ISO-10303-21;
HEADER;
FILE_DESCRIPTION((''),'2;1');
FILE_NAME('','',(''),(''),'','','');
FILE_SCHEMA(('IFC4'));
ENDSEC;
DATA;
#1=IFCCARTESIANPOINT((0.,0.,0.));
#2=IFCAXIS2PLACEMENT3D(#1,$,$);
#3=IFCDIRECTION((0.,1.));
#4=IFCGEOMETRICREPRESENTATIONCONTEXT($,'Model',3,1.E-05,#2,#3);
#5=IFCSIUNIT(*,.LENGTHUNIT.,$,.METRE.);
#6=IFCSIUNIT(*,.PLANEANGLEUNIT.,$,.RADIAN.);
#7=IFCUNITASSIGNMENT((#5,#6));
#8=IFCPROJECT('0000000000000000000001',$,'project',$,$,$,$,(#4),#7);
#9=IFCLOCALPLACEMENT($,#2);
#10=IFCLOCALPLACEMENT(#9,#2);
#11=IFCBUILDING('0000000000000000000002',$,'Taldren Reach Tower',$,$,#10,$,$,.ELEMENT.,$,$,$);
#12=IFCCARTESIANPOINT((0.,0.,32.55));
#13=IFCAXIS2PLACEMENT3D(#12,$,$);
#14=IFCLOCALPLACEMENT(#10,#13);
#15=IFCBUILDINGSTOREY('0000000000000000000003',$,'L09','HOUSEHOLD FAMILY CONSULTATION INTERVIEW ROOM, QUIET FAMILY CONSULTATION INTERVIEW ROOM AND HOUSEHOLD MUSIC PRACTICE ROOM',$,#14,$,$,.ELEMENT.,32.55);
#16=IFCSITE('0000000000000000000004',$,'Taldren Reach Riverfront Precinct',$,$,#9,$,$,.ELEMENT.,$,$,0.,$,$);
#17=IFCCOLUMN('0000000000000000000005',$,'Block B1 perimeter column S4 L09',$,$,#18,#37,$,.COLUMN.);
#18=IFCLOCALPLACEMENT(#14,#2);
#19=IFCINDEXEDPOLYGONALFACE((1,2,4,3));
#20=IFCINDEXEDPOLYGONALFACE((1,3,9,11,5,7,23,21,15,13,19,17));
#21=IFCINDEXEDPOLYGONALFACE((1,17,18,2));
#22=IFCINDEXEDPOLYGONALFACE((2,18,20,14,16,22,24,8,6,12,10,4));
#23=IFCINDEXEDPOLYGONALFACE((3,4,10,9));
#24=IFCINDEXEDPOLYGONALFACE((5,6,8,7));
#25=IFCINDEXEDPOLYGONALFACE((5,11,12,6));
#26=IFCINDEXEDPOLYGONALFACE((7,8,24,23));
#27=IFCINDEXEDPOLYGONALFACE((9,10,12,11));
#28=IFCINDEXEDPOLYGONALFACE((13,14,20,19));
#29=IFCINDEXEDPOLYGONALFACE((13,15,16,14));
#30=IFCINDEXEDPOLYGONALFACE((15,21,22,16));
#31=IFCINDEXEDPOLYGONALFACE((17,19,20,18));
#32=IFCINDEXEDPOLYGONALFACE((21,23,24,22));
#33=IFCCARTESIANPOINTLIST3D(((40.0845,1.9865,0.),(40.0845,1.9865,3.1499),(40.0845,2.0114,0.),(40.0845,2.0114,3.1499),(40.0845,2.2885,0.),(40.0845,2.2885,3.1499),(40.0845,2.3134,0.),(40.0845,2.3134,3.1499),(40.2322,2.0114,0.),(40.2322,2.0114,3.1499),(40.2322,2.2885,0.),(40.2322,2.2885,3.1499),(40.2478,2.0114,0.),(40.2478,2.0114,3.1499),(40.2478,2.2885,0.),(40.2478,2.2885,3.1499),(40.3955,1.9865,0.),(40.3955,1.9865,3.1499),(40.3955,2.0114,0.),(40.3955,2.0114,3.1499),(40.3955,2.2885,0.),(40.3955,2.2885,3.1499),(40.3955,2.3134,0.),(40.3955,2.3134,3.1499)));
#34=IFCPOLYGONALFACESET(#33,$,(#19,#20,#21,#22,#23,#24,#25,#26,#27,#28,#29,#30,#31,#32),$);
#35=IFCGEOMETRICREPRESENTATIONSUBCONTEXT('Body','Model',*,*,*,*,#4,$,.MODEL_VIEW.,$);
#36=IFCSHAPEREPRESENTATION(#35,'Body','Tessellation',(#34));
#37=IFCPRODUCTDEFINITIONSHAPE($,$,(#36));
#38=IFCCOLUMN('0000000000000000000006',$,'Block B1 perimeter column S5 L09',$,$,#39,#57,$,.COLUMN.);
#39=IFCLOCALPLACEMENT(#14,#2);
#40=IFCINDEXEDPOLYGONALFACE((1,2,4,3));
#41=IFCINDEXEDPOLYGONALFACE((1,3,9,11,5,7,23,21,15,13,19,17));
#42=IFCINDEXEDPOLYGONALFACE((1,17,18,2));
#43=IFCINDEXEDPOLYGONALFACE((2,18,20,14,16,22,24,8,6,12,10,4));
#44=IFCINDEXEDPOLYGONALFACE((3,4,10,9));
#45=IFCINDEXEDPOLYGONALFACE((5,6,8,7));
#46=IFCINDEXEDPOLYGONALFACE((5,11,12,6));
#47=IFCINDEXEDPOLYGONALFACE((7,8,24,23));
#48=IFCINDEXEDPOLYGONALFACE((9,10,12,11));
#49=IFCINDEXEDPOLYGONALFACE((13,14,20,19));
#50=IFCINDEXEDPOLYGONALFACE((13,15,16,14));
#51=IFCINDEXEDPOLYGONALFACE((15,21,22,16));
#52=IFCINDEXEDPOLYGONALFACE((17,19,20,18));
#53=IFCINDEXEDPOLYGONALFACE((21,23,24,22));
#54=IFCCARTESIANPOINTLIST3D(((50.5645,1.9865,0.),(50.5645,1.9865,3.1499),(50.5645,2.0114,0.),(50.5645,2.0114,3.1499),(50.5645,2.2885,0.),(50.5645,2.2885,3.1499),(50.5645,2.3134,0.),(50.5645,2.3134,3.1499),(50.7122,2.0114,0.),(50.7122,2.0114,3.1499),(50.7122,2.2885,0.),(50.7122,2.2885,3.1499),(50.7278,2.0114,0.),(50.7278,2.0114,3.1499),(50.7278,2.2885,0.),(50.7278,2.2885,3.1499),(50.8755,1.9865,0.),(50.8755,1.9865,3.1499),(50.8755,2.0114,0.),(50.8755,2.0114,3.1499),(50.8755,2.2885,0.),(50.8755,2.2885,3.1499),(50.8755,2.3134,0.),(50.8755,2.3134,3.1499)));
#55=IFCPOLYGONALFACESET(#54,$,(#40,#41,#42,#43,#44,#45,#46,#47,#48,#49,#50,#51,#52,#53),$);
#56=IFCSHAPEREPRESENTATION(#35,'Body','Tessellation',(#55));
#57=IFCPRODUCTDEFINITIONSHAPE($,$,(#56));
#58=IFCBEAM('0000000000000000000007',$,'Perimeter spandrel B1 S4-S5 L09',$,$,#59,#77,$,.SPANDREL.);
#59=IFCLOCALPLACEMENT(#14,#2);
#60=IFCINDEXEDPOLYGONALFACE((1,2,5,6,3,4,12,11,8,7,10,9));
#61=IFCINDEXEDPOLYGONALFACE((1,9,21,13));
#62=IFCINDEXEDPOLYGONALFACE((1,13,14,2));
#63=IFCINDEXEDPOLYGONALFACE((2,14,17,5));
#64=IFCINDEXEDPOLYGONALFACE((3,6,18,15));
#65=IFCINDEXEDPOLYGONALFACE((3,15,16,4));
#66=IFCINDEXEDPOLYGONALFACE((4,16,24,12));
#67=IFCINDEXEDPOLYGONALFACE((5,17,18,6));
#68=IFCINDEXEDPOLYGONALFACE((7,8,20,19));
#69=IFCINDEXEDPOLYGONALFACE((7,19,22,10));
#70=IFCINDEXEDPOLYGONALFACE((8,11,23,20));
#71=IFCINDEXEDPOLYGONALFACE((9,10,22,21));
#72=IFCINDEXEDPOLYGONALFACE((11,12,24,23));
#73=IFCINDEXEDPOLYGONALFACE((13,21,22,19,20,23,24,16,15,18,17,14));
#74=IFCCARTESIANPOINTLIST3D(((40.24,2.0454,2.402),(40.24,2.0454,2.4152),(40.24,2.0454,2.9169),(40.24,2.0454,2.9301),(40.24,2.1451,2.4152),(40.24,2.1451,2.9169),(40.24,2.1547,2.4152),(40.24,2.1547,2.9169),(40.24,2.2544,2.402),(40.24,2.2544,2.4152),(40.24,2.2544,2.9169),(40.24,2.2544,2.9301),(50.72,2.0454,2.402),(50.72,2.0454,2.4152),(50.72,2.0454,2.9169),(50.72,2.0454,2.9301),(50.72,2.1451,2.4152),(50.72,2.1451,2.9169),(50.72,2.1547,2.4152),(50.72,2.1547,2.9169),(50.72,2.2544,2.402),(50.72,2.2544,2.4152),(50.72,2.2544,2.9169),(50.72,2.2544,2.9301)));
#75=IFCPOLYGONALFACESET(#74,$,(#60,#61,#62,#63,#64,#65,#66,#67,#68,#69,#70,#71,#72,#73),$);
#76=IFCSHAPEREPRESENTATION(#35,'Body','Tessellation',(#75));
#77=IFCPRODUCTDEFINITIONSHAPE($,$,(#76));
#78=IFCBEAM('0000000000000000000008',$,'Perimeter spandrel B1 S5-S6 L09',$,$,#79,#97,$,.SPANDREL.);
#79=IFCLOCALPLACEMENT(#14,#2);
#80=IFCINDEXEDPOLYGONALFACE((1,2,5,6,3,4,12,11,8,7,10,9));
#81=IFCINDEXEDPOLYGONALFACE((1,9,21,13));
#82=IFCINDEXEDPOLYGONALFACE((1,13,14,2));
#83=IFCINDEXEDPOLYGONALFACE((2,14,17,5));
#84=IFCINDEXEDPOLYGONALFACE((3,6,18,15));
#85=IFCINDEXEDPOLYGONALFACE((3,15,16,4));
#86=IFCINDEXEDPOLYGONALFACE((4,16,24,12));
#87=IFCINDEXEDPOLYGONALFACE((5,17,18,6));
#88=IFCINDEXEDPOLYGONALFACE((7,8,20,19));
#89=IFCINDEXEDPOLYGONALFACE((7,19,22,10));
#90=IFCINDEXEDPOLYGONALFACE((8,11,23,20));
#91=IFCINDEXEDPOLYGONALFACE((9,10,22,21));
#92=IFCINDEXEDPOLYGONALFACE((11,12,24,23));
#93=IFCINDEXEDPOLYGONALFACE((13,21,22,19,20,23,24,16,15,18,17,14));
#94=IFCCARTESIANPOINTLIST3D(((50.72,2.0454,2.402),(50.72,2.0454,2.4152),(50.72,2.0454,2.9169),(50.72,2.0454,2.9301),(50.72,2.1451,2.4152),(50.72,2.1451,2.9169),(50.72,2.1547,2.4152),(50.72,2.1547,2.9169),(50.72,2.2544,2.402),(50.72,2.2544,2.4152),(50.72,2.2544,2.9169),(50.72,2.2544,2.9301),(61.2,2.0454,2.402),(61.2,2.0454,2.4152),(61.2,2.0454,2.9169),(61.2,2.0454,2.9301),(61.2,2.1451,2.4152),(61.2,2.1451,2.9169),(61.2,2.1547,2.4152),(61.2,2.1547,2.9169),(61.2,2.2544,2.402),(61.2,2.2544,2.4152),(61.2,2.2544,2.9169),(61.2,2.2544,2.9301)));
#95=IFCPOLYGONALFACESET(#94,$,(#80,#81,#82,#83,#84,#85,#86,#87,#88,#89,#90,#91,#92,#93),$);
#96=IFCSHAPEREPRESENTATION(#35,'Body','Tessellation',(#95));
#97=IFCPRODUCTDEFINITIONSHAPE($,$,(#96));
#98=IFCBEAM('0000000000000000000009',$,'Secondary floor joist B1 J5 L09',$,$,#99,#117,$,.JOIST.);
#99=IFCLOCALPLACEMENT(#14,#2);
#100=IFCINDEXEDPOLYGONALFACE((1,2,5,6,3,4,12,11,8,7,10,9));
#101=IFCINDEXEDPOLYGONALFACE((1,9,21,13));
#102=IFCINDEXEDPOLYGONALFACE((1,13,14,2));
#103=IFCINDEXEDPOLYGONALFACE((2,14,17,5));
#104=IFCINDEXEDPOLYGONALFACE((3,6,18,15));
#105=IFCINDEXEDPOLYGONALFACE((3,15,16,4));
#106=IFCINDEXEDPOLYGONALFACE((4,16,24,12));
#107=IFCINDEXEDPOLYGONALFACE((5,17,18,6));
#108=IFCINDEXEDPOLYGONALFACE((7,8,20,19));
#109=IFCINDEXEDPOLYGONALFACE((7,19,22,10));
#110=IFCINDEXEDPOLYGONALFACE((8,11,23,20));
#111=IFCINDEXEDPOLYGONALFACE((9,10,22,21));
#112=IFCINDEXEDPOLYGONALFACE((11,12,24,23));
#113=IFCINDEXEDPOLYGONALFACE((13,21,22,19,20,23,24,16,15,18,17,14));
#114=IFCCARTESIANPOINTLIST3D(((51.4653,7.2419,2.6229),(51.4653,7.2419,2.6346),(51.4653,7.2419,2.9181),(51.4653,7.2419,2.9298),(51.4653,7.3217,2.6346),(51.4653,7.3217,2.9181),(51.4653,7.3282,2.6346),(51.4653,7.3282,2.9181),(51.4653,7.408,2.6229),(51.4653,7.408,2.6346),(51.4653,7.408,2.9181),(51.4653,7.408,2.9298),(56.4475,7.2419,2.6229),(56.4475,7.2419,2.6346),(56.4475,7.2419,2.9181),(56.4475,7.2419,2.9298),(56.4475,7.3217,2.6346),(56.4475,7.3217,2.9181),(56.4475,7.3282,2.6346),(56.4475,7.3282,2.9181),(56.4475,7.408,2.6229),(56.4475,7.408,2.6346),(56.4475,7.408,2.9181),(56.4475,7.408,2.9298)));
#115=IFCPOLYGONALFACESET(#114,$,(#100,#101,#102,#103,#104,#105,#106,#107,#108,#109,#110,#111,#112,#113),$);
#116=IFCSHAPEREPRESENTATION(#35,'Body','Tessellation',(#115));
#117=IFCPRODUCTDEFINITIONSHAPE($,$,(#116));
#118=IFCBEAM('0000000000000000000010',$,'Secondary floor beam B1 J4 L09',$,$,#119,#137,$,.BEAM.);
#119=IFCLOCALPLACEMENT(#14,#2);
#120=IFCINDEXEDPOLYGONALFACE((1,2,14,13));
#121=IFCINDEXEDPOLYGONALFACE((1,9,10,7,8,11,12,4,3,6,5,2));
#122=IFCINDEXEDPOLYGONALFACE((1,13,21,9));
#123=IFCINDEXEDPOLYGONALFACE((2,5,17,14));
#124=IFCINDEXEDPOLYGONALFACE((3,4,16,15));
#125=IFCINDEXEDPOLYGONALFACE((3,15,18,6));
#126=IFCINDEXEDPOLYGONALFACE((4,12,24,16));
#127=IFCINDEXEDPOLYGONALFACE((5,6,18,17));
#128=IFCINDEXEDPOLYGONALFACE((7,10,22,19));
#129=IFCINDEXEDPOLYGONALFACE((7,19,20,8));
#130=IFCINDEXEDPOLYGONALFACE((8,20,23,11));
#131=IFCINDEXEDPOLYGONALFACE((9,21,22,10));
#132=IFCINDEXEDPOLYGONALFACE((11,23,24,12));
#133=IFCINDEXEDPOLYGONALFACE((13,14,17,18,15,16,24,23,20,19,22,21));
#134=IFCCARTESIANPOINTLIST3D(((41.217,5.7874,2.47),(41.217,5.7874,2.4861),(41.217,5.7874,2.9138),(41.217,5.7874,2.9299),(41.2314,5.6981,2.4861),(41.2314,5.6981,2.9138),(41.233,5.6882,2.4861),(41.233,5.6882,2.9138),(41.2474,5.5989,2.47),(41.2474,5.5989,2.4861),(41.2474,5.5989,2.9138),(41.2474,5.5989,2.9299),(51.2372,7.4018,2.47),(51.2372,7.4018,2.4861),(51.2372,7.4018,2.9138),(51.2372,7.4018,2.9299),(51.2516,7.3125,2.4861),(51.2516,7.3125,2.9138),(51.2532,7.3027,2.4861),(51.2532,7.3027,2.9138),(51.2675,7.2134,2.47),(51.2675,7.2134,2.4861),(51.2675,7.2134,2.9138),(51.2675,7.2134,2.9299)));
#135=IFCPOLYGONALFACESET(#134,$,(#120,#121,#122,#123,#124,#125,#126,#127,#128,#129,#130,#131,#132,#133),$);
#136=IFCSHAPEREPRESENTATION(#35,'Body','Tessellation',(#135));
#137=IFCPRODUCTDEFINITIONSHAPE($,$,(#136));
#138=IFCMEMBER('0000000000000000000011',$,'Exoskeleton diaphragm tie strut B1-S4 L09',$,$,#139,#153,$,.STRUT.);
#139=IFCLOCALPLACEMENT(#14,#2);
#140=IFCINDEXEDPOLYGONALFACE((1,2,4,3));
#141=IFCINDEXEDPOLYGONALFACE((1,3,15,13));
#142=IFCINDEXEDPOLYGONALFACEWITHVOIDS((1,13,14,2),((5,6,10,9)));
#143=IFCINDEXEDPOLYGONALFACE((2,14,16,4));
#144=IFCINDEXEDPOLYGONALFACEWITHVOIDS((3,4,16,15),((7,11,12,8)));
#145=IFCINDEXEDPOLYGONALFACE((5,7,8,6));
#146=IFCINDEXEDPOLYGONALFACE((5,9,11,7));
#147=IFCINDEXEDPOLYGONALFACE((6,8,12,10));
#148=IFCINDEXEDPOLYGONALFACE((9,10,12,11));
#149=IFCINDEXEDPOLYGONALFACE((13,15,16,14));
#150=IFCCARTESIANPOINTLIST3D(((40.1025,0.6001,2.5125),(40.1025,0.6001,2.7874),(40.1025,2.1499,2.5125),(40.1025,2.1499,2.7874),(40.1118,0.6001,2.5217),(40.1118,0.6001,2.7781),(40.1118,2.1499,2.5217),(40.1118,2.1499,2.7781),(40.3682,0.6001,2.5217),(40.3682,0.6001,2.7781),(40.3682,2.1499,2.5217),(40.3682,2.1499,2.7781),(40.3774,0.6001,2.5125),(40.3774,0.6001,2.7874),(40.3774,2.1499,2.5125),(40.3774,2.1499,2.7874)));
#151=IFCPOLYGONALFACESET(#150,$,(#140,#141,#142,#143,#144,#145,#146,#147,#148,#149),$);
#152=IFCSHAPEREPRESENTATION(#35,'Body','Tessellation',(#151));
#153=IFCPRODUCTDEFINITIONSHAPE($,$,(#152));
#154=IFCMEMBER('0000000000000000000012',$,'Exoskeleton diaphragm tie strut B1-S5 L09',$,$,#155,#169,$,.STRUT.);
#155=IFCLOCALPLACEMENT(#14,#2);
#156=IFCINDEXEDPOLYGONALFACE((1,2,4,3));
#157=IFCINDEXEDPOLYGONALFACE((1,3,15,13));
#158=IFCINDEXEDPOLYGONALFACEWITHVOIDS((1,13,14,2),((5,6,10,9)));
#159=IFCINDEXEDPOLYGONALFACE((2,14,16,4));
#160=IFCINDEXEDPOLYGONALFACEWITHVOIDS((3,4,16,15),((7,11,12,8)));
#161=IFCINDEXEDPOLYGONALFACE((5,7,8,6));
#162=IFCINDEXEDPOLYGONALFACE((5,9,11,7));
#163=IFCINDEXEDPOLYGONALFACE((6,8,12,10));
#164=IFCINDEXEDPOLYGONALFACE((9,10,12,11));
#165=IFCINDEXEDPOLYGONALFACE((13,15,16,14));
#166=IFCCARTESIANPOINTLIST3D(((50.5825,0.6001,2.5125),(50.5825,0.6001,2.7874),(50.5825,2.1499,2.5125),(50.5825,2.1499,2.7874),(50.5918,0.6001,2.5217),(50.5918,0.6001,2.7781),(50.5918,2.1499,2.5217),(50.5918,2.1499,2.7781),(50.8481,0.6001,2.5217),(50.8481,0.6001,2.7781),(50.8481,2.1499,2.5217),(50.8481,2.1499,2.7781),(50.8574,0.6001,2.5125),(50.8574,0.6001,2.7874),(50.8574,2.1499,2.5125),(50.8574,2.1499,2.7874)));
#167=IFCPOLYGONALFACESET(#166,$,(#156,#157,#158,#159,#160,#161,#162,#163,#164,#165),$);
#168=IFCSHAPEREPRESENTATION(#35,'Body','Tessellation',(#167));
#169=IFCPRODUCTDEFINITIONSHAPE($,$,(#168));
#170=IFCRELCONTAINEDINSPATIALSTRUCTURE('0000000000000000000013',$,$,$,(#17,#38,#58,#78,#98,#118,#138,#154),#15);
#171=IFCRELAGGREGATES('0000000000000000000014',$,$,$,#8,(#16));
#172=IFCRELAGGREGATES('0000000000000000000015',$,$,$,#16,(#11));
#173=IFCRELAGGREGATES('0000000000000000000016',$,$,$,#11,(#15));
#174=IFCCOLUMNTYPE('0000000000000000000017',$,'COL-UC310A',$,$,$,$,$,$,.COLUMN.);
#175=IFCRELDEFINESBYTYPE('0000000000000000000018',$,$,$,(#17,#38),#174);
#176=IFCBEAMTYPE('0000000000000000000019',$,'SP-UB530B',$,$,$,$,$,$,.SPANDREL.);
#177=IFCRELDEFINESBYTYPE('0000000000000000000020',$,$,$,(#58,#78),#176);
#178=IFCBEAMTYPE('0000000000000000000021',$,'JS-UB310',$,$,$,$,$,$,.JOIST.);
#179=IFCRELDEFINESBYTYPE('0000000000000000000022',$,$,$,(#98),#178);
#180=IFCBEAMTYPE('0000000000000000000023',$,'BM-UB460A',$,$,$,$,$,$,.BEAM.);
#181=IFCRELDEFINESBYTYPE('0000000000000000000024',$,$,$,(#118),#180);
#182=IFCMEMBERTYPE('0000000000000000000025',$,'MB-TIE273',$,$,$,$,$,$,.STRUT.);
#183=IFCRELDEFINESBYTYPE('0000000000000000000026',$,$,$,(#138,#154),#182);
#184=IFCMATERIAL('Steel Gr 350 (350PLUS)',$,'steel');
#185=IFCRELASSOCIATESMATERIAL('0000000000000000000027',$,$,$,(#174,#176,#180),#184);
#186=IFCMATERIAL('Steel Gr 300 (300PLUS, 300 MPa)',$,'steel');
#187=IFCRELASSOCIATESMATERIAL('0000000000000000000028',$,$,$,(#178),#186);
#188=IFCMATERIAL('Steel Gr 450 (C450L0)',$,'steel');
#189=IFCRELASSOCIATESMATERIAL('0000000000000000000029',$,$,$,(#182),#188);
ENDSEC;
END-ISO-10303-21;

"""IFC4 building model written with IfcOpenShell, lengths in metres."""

from ifc_helpers import new_model, si_unit, direction, frame, origin, origin_2d, place, context, subcontext, project, spatial, hollow_rectangle, i_section, extrude, source, transform, mapped, material, material_profile, profile_set, type_object, element, save


model = new_model("IFC4")

# Units and contexts
model_context = context("Model", 3, precision=1e-05, world=origin(), true_north=direction((0.0, 1.0)))
body_context = subcontext(model_context, "Body", "Model", "MODEL_VIEW")
ifc_project = project(units=[si_unit("LENGTHUNIT", "METRE"), si_unit("PLANEANGLEUNIT", "RADIAN")], contexts=[model_context])

# Site, building, storey
site_placement = place(None, origin())
site = spatial("IfcSite", under=ifc_project, at=site_placement, Name="Taldren Reach Riverfront Precinct", CompositionType="ELEMENT", RefElevation=0.0)
building_placement = place(site_placement, origin())
building = spatial("IfcBuilding", under=site, at=building_placement, Name="Taldren Reach Tower", CompositionType="ELEMENT")
storey_placement = place(building_placement, frame((0.0, 0.0, 32.55)))
storey = spatial("IfcBuildingStorey", under=building, at=storey_placement, Name="L09", Description="HOUSEHOLD FAMILY CONSULTATION INTERVIEW ROOM, QUIET FAMILY CONSULTATION INTERVIEW ROOM AND HOUSEHOLD MUSIC PRACTICE ROOM", CompositionType="ELEMENT", Elevation=32.55)

# Columns
ifc_material_1 = material(Name="Steel Gr 350 (350PLUS)", Category="steel")
ifc_material_profile_1 = material_profile(ifc_material_1, i_section(OverallWidth=0.311, OverallDepth=0.3269, WebThickness=0.0156, FlangeThickness=0.0249, at=origin_2d()), Name="310UC158")
ifc_profile_set_1 = profile_set([ifc_material_profile_1], Name="Steel Gr 350 (350PLUS)")
column_type = type_object("IfcColumnType", Name="COL-UC310A", PredefinedType="COLUMN", material=ifc_profile_set_1)
shared_shape_1 = source(origin(), body_context, "Body", "SweptSolid", [
    extrude(i_section(OverallWidth=0.311, OverallDepth=0.3269, WebThickness=0.0156, FlangeThickness=0.0249, at=origin_2d()), origin(), (0.0, 0.0, 1.0), 3.1499),
])
for number, where, z_axis, x_axis, name in (
    (1, (40.24, 2.1499, 0.0), (0.0, 0.0, 1.0), (1.0, 0.0, 0.0), "Block B1 perimeter column S4 L09"),
    (2, (50.72, 2.1499, 0.0), (0.0, 0.0, 1.0), (1.0, 0.0, 0.0), "Block B1 perimeter column S5 L09"),
):
    element("IfcColumn", number, at=place(storey_placement, frame(where, z_axis=z_axis, x_axis=x_axis)), inside=storey, type_object=column_type, Name=name, PredefinedType="COLUMN", context=body_context, shape_type="MappedRepresentation", body=[
        mapped(shared_shape_1, transform((0.0, 0.0, 0.0), scale=1.0)),
    ])

# Beams
ifc_material_profile_2 = material_profile(ifc_material_1, i_section(OverallWidth=0.209, OverallDepth=0.5281, WebThickness=0.0095, FlangeThickness=0.0132, at=origin_2d()), Name="530UB82.0")
ifc_profile_set_2 = profile_set([ifc_material_profile_2], Name="Steel Gr 350 (350PLUS)")
beam_type_1 = type_object("IfcBeamType", Name="SP-UB530B", PredefinedType="SPANDREL", material=ifc_profile_set_2)
shared_shape_2 = source(origin(), body_context, "Body", "SweptSolid", [
    extrude(i_section(OverallWidth=0.209, OverallDepth=0.5281, WebThickness=0.0095, FlangeThickness=0.0132, at=origin_2d()), origin(), (0.0, 0.0, 1.0), 10.48),
])
for number, where, z_axis, x_axis, name in (
    (3, (40.24, 2.1499, 2.666), (1.0, 0.0, 0.0), (0.0, 1.0, 0.0), "Perimeter spandrel B1 S4-S5 L09"),
    (4, (50.72, 2.1499, 2.666), (1.0, 0.0, 0.0), (0.0, 1.0, 0.0), "Perimeter spandrel B1 S5-S6 L09"),
):
    element("IfcBeam", number, at=place(storey_placement, frame(where, z_axis=z_axis, x_axis=x_axis)), inside=storey, type_object=beam_type_1, Name=name, PredefinedType="SPANDREL", context=body_context, shape_type="MappedRepresentation", body=[
        mapped(shared_shape_2, transform((0.0, 0.0, 0.0), scale=1.0)),
    ])
ifc_material_2 = material(Name="Steel Gr 300 (300PLUS, 300 MPa)", Category="steel")
ifc_material_profile_3 = material_profile(ifc_material_2, i_section(OverallWidth=0.166, OverallDepth=0.3069, WebThickness=0.0066, FlangeThickness=0.0117, at=origin_2d()), Name="310UB46.2")
ifc_profile_set_3 = profile_set([ifc_material_profile_3], Name="Steel Gr 300 (300PLUS, 300 MPa)")
beam_type_2 = type_object("IfcBeamType", Name="JS-UB310", PredefinedType="JOIST", material=ifc_profile_set_3)
shared_shape_3 = source(origin(), body_context, "Body", "SweptSolid", [
    extrude(i_section(OverallWidth=0.166, OverallDepth=0.3069, WebThickness=0.0066, FlangeThickness=0.0117, at=origin_2d()), origin(), (0.0, 0.0, 1.0), 4.9822),
])
beam_1_placement = place(storey_placement, frame((51.4653, 7.325, 2.7764), z_axis=(1.0, 0.0, 0.0), x_axis=(0.0, 1.0, 0.0)))
element("IfcBeam", 5, at=beam_1_placement, inside=storey, type_object=beam_type_2, Name="Secondary floor joist B1 J5 L09", PredefinedType="JOIST", context=body_context, shape_type="MappedRepresentation", body=[
    mapped(shared_shape_3, transform((0.0, 0.0, 0.0), scale=1.0)),
])
ifc_material_profile_4 = material_profile(ifc_material_1, i_section(OverallWidth=0.1909, OverallDepth=0.46, WebThickness=0.01, FlangeThickness=0.0161, at=origin_2d()), Name="460UB82.1")
ifc_profile_set_4 = profile_set([ifc_material_profile_4], Name="Steel Gr 350 (350PLUS)")
beam_type_3 = type_object("IfcBeamType", Name="BM-UB460A", PredefinedType="BEAM", material=ifc_profile_set_4)
shared_shape_4 = source(origin(), body_context, "Body", "SweptSolid", [
    extrude(i_section(OverallWidth=0.1909, OverallDepth=0.46, WebThickness=0.01, FlangeThickness=0.0161, at=origin_2d()), origin(), (0.0, 0.0, 1.0), 10.1494),
])
beam_2_placement = place(storey_placement, frame((41.2322, 5.6931, 2.7), z_axis=(0.987267, 0.159072, 0.0), x_axis=(-0.159072, 0.987267, 0.0)))
element("IfcBeam", 6, at=beam_2_placement, inside=storey, type_object=beam_type_3, Name="Secondary floor beam B1 J4 L09", PredefinedType="BEAM", context=body_context, shape_type="MappedRepresentation", body=[
    mapped(shared_shape_4, transform((0.0, 0.0, 0.0), scale=1.0)),
])

# Members
ifc_material_3 = material(Name="Steel Gr 450 (C450L0)", Category="steel")
ifc_material_profile_5 = material_profile(ifc_material_3, hollow_rectangle(XDim=0.2749, YDim=0.2749, WallThickness=0.0093, at=origin_2d()), Name="275x275x9.3SHS")
ifc_profile_set_5 = profile_set([ifc_material_profile_5], Name="Steel Gr 450 (C450L0)")
member_type_1 = type_object("IfcMemberType", Name="MB-TIE273", PredefinedType="STRUT", material=ifc_profile_set_5)
shared_shape_5 = source(origin(), body_context, "Body", "SweptSolid", [
    extrude(hollow_rectangle(XDim=0.2749, YDim=0.2749, WallThickness=0.0093, at=origin_2d()), origin(), (0.0, 0.0, 1.0), 1.5498),
])
for number, where, z_axis, x_axis, name in (
    (7, (40.24, 2.1499, 2.6499), (0.0, -1.0, 0.0), (1.0, 0.0, 0.0), "Exoskeleton diaphragm tie strut B1-S4 L09"),
    (8, (50.72, 2.1499, 2.6499), (0.0, -1.0, 0.0), (1.0, 0.0, 0.0), "Exoskeleton diaphragm tie strut B1-S5 L09"),
):
    element("IfcMember", number, at=place(storey_placement, frame(where, z_axis=z_axis, x_axis=x_axis)), inside=storey, type_object=member_type_1, Name=name, PredefinedType="STRUT", context=body_context, shape_type="MappedRepresentation", body=[
        mapped(shared_shape_5, transform((0.0, 0.0, 0.0), scale=1.0)),
    ])

save(model, "model.ifc")
